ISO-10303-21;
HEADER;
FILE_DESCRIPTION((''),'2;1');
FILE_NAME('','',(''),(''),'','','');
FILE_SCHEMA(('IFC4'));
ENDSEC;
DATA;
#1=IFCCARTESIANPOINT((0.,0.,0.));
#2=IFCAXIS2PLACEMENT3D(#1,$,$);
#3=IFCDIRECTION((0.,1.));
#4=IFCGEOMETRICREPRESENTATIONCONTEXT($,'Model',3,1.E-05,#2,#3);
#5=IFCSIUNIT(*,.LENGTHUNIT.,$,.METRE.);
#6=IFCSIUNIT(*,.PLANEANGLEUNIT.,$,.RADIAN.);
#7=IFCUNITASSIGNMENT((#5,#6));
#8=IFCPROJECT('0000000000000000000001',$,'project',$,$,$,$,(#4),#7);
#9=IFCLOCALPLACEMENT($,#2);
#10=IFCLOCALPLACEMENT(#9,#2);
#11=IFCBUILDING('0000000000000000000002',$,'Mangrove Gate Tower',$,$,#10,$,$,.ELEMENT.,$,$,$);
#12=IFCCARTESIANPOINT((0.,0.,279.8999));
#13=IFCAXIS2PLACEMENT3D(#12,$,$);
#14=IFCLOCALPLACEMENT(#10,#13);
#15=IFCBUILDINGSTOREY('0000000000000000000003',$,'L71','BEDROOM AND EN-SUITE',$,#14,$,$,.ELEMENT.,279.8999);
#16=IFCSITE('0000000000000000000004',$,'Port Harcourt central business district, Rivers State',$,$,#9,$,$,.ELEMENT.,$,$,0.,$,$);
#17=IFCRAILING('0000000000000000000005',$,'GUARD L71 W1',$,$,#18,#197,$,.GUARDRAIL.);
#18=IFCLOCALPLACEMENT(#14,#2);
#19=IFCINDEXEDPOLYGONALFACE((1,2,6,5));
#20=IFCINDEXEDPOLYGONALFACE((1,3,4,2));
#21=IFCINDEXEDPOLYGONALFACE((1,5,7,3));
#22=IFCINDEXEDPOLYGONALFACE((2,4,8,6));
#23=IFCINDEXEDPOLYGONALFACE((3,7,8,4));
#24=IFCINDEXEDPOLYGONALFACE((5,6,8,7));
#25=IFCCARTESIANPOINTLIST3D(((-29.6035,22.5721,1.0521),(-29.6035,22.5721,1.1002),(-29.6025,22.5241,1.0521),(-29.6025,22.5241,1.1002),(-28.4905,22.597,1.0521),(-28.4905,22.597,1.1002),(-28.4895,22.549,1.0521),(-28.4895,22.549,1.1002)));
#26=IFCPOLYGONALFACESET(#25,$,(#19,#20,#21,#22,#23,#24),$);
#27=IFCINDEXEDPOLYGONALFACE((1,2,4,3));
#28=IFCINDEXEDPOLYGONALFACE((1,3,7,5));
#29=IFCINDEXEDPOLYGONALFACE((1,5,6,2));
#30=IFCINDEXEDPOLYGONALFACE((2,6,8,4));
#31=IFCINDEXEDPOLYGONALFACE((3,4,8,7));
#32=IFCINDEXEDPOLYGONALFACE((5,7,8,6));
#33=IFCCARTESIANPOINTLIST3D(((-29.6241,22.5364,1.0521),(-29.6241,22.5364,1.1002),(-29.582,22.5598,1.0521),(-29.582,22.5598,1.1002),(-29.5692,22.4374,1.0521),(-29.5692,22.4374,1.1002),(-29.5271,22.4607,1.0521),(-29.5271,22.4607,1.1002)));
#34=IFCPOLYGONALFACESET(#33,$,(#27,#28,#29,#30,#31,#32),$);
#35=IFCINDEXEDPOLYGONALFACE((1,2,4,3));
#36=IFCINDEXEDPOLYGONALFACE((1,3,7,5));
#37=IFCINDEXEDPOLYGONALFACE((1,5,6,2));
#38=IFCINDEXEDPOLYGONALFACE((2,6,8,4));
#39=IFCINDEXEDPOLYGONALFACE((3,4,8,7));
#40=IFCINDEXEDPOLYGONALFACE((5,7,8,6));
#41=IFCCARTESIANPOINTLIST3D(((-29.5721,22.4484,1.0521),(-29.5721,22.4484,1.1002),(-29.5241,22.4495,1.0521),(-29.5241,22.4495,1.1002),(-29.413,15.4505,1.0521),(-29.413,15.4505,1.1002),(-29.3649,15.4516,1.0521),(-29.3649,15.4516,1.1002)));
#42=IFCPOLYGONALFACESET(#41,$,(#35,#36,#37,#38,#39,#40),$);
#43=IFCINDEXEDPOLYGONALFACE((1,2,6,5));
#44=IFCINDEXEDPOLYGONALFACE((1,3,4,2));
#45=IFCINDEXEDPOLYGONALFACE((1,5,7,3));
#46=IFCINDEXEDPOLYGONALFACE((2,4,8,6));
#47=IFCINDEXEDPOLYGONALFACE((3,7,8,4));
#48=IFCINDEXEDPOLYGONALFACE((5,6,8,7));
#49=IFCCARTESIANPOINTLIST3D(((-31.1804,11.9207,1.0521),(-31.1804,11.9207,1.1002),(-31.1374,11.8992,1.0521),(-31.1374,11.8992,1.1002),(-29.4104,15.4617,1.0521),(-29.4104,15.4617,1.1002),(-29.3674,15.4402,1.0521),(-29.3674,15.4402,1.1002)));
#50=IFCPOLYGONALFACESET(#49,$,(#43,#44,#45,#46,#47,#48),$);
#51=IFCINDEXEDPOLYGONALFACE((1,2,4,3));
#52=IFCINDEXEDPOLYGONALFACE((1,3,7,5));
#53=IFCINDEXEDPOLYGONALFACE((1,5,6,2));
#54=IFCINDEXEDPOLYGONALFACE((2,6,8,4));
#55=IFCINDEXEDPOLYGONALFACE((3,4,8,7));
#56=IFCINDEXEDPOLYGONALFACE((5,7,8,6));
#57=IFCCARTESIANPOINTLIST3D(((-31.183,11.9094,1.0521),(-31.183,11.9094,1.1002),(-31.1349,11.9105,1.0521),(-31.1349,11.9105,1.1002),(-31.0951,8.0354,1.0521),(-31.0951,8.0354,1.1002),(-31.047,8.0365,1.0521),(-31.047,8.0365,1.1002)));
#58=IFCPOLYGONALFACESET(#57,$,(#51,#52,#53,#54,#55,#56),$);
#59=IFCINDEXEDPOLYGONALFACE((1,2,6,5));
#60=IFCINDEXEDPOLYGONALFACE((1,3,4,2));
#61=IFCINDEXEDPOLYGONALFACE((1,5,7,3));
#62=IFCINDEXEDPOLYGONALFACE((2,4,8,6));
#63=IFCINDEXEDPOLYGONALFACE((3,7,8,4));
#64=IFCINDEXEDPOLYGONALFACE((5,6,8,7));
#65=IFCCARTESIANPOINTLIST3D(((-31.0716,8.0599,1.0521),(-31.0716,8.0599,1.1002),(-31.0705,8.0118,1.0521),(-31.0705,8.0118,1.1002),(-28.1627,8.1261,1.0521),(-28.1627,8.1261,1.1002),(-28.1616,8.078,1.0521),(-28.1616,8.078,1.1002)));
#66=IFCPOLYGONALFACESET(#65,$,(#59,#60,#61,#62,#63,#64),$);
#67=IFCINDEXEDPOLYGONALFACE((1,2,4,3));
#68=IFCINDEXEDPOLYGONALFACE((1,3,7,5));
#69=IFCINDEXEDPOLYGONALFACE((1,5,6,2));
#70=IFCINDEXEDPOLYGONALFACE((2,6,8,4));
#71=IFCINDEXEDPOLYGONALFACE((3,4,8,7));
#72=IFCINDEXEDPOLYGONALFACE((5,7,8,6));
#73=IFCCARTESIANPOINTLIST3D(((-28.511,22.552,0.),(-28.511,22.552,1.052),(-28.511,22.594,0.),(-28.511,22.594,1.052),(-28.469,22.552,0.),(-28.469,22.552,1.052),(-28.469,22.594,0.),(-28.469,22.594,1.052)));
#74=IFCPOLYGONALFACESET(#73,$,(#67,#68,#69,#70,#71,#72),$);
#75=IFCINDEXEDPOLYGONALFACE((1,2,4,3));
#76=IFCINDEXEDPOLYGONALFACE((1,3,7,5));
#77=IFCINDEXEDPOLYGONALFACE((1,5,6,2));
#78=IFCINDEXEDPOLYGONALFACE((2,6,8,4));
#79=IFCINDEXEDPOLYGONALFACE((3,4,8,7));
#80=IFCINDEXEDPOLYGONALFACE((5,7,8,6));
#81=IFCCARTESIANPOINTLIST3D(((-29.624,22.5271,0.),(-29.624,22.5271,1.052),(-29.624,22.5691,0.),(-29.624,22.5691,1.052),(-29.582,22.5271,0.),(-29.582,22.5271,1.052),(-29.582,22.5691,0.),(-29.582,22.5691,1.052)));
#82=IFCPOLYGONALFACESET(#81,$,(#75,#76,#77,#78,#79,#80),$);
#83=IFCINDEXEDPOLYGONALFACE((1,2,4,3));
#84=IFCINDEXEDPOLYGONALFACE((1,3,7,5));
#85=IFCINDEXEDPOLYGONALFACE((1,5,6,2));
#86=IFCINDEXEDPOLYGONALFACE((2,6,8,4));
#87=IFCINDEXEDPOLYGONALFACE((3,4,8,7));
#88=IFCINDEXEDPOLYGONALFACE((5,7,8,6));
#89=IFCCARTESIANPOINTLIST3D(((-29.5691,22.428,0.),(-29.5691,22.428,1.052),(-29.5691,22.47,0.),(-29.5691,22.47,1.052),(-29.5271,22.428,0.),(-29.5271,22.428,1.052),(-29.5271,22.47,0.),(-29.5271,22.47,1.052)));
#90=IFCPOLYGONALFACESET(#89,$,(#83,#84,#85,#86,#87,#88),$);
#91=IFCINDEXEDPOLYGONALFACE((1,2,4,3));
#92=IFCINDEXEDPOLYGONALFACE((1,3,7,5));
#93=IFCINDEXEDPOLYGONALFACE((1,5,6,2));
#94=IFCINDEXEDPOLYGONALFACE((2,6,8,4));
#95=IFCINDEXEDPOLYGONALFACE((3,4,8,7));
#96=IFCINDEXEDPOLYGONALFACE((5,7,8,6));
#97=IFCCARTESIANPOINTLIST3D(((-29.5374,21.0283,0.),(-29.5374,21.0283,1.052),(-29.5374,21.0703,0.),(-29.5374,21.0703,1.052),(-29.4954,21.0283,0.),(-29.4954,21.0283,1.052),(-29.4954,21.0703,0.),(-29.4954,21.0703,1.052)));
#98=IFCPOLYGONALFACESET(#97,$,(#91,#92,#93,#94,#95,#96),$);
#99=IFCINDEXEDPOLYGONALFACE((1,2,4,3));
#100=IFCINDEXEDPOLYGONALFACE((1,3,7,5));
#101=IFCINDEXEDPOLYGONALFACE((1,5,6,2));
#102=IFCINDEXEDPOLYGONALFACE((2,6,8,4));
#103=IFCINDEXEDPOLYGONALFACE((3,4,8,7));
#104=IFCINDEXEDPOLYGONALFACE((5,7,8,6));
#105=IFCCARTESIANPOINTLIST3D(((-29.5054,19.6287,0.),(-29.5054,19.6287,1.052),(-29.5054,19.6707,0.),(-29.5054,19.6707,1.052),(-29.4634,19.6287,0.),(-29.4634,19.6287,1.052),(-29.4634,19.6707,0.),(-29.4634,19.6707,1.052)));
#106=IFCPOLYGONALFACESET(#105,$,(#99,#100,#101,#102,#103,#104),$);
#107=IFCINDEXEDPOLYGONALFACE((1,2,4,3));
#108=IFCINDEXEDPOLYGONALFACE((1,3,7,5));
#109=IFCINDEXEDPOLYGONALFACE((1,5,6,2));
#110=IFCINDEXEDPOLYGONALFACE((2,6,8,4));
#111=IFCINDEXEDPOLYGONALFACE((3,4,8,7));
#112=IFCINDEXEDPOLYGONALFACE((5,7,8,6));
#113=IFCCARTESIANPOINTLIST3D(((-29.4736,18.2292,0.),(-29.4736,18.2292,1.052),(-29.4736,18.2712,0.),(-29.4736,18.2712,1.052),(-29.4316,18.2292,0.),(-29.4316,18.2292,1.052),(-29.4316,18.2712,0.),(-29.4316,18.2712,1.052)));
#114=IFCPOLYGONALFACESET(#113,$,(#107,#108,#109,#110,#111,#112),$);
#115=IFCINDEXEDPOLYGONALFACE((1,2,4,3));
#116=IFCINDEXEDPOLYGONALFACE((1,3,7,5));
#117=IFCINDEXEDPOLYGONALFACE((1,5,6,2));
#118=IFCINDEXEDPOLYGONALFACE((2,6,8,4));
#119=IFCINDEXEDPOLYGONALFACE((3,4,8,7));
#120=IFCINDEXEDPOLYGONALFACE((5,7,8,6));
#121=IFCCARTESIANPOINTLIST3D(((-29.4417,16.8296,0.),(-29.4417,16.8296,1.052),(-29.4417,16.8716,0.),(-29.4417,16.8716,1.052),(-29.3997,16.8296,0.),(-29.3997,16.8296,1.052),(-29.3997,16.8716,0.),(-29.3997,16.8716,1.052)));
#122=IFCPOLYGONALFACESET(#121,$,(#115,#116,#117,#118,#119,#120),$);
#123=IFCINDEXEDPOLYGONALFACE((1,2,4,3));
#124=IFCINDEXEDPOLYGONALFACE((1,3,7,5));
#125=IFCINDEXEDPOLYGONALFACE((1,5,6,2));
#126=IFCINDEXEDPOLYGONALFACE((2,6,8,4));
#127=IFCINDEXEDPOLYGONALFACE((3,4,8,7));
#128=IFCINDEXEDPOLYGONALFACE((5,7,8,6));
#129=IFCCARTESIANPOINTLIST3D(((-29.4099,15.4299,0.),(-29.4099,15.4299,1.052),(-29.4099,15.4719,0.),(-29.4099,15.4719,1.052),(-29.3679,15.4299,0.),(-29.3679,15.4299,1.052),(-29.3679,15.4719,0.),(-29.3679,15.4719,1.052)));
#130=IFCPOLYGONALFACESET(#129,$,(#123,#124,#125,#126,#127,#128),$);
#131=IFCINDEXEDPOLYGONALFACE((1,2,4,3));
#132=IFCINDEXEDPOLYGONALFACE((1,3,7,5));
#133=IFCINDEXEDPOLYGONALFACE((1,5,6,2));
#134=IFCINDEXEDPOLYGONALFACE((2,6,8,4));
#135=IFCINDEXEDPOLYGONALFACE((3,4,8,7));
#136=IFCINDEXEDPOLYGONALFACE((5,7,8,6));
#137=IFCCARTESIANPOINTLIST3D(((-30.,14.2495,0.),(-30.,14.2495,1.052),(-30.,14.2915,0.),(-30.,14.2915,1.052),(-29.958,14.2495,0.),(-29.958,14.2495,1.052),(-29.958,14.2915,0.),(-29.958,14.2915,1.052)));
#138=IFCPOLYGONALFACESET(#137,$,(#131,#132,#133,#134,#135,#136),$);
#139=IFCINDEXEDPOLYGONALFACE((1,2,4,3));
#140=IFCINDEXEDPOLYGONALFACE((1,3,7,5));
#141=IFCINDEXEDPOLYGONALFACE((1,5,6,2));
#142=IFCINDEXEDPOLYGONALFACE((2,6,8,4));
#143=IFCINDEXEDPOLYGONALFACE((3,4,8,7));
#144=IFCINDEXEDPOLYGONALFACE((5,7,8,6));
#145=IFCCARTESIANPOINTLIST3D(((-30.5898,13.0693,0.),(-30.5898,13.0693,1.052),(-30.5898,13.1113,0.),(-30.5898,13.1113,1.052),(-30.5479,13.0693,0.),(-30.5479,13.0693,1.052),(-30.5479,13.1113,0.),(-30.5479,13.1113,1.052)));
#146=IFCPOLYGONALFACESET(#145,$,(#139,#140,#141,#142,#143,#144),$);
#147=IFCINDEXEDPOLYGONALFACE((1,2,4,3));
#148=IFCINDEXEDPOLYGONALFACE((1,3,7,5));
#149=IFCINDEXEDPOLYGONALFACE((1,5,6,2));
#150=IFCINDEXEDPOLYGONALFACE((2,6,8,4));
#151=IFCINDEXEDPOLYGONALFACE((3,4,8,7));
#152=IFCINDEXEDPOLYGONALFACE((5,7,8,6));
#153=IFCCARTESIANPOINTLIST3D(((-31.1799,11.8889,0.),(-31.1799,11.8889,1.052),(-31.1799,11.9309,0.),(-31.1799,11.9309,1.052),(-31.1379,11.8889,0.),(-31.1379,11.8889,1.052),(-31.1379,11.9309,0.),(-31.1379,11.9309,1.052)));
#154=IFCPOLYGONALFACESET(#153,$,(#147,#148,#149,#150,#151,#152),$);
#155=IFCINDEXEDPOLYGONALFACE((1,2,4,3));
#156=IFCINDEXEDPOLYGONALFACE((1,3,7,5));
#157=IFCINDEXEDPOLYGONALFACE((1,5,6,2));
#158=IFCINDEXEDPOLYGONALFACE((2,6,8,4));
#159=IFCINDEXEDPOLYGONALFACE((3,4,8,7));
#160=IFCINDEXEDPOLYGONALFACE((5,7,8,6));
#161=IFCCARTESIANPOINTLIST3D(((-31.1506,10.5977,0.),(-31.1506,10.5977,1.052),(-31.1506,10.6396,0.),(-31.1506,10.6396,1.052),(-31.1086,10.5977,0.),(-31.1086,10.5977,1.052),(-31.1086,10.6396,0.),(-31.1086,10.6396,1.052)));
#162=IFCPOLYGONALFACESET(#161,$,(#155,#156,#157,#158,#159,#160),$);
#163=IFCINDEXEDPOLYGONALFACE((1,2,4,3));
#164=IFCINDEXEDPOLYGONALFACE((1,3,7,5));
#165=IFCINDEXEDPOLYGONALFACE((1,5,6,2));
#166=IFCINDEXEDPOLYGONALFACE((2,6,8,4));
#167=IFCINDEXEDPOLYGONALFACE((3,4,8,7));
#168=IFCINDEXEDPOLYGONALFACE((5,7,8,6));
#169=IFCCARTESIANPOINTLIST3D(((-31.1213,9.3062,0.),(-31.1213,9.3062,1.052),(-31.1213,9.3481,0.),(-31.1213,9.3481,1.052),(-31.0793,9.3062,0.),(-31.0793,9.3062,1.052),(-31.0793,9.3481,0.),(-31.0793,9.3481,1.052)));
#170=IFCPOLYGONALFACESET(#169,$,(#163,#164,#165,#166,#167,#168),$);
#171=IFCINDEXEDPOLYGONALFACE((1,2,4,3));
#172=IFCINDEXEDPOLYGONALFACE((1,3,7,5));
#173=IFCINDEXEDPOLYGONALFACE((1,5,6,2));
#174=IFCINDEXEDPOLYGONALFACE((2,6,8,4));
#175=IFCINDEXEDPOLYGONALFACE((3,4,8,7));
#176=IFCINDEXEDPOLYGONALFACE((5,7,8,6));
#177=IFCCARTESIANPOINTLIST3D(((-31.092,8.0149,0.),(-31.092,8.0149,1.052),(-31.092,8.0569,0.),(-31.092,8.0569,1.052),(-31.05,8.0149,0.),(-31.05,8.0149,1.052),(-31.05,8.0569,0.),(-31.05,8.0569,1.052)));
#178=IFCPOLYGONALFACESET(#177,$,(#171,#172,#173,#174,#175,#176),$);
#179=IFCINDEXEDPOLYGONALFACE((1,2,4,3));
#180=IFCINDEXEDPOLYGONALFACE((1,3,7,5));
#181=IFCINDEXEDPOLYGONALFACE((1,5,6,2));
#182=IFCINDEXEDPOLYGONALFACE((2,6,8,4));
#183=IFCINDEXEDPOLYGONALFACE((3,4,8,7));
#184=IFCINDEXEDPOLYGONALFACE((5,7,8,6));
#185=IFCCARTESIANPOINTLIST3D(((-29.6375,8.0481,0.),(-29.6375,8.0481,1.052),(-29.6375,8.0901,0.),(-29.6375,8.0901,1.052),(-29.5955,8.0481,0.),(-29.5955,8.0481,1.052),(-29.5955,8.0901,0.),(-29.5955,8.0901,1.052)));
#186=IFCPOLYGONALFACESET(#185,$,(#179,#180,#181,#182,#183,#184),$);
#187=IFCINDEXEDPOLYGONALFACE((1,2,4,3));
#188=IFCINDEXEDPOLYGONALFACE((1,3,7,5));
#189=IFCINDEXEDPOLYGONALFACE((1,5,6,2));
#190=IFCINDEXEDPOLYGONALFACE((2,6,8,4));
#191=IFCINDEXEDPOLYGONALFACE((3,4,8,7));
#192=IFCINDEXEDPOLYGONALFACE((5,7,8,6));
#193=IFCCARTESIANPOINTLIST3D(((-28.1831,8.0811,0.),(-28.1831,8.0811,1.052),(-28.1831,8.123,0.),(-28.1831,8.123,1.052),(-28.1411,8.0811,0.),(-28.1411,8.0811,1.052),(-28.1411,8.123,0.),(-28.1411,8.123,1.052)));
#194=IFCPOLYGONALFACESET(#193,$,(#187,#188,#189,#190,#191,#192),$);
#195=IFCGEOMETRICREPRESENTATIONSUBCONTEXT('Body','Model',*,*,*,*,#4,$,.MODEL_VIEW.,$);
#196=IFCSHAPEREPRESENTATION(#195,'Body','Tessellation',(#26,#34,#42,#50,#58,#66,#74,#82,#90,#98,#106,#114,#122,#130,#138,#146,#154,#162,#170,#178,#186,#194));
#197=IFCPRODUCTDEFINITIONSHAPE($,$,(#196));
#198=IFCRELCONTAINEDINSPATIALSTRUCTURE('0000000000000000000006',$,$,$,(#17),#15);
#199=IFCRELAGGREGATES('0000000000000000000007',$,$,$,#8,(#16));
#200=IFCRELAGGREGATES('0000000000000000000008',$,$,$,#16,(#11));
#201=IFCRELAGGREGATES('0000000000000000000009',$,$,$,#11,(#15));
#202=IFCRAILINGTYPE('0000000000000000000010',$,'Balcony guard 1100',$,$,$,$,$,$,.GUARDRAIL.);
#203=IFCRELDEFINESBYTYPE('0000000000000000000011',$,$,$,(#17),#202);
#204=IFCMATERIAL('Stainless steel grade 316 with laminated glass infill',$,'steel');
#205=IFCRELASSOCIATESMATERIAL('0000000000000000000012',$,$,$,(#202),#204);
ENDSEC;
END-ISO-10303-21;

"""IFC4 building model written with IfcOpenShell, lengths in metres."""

from ifc_helpers import new_model, si_unit, direction, frame, origin, origin_2d, place, context, subcontext, project, spatial, rectangle, extrude, material, type_object, element, save


model = new_model("IFC4")

# Units and contexts
model_context = context("Model", 3, precision=1e-05, world=origin(), true_north=direction((0.0, 1.0)))
body_context = subcontext(model_context, "Body", "Model", "MODEL_VIEW")
ifc_project = project(units=[si_unit("LENGTHUNIT", "METRE"), si_unit("PLANEANGLEUNIT", "RADIAN")], contexts=[model_context])

# Site, building, storey
site_placement = place(None, origin())
site = spatial("IfcSite", under=ifc_project, at=site_placement, Name="Port Harcourt central business district, Rivers State", CompositionType="ELEMENT", RefElevation=0.0)
building_placement = place(site_placement, origin())
building = spatial("IfcBuilding", under=site, at=building_placement, Name="Mangrove Gate Tower", CompositionType="ELEMENT")
storey_placement = place(building_placement, frame((0.0, 0.0, 279.8999)))
storey = spatial("IfcBuildingStorey", under=building, at=storey_placement, Name="L71", Description="BEDROOM AND EN-SUITE", CompositionType="ELEMENT", Elevation=279.8999)

# Railing
ifc_material_1 = material(Name="Stainless steel grade 316 with laminated glass infill", Category="steel")
railing_type = type_object("IfcRailingType", Name="Balcony guard 1100", PredefinedType="GUARDRAIL", material=ifc_material_1)
railing_placement = place(storey_placement, frame((-28.49, 22.573, 0.0)))
element("IfcRailing", 1, at=railing_placement, inside=storey, type_object=railing_type, Name="GUARD L71 W1", PredefinedType="GUARDRAIL", context=body_context, shape_type="SweptSolid", body=[
    extrude(rectangle(XDim=0.0481, YDim=0.0481, at=origin_2d()), frame((0.0, 0.0, 1.0762), z_axis=(-0.99975, -0.022368, 0.0), x_axis=(0.022368, -0.99975, 0.0)), (0.0, 0.0, 1.0), 1.1133),
    extrude(rectangle(XDim=0.0481, YDim=0.0481, at=origin_2d()), frame((-1.113, -0.0249, 1.0762), z_axis=(0.484728, -0.874665, 0.0), x_axis=(0.874665, 0.484728, 0.0)), (0.0, 0.0, 1.0), 0.1133),
    extrude(rectangle(XDim=0.0481, YDim=0.0481, at=origin_2d()), frame((-1.0581, -0.124, 1.0762), z_axis=(0.02274, -0.999741, 0.0), x_axis=(0.999741, 0.02274, 0.0)), (0.0, 0.0, 1.0), 6.9998),
    extrude(rectangle(XDim=0.0481, YDim=0.0481, at=origin_2d()), frame((-0.8989, -7.1221, 1.0762), z_axis=(-0.447115, -0.894477, 0.0), x_axis=(0.894477, -0.447115, 0.0)), (0.0, 0.0, 1.0), 3.9587),
    extrude(rectangle(XDim=0.0481, YDim=0.0481, at=origin_2d()), frame((-2.6689, -10.6631, 1.0762), z_axis=(0.022681, -0.999743, 0.0), x_axis=(0.999743, 0.022681, 0.0)), (0.0, 0.0, 1.0), 3.875),
    extrude(rectangle(XDim=0.0481, YDim=0.0481, at=origin_2d()), frame((-2.5811, -14.5371, 1.0762), z_axis=(0.999741, 0.022739, 0.0), x_axis=(-0.022739, 0.999741, 0.0)), (0.0, 0.0, 1.0), 2.9097),
    extrude(rectangle(XDim=0.042, YDim=0.042, at=origin_2d()), origin(), (0.0, 0.0, 1.0), 1.052),
    extrude(rectangle(XDim=0.042, YDim=0.042, at=origin_2d()), frame((-1.113, -0.0249, 0.0)), (0.0, 0.0, 1.0), 1.052),
    extrude(rectangle(XDim=0.042, YDim=0.042, at=origin_2d()), frame((-1.0581, -0.124, 0.0)), (0.0, 0.0, 1.0), 1.052),
    extrude(rectangle(XDim=0.042, YDim=0.042, at=origin_2d()), frame((-1.0264, -1.5237, 0.0)), (0.0, 0.0, 1.0), 1.052),
    extrude(rectangle(XDim=0.042, YDim=0.042, at=origin_2d()), frame((-0.9944, -2.9233, 0.0)), (0.0, 0.0, 1.0), 1.052),
    extrude(rectangle(XDim=0.042, YDim=0.042, at=origin_2d()), frame((-0.9626, -4.3228, 0.0)), (0.0, 0.0, 1.0), 1.052),
    extrude(rectangle(XDim=0.042, YDim=0.042, at=origin_2d()), frame((-0.9307, -5.7224, 0.0)), (0.0, 0.0, 1.0), 1.052),
    extrude(rectangle(XDim=0.042, YDim=0.042, at=origin_2d()), frame((-0.8989, -7.1221, 0.0)), (0.0, 0.0, 1.0), 1.052),
    extrude(rectangle(XDim=0.042, YDim=0.042, at=origin_2d()), frame((-1.489, -8.3025, 0.0)), (0.0, 0.0, 1.0), 1.052),
    extrude(rectangle(XDim=0.042, YDim=0.042, at=origin_2d()), frame((-2.0789, -9.4827, 0.0)), (0.0, 0.0, 1.0), 1.052),
    extrude(rectangle(XDim=0.042, YDim=0.042, at=origin_2d()), frame((-2.6689, -10.6631, 0.0)), (0.0, 0.0, 1.0), 1.052),
    extrude(rectangle(XDim=0.042, YDim=0.042, at=origin_2d()), frame((-2.6396, -11.9543, 0.0)), (0.0, 0.0, 1.0), 1.052),
    extrude(rectangle(XDim=0.042, YDim=0.042, at=origin_2d()), frame((-2.6104, -13.2458, 0.0)), (0.0, 0.0, 1.0), 1.052),
    extrude(rectangle(XDim=0.042, YDim=0.042, at=origin_2d()), frame((-2.5811, -14.5371, 0.0)), (0.0, 0.0, 1.0), 1.052),
    extrude(rectangle(XDim=0.042, YDim=0.042, at=origin_2d()), frame((-1.1265, -14.5039, 0.0)), (0.0, 0.0, 1.0), 1.052),
    extrude(rectangle(XDim=0.042, YDim=0.042, at=origin_2d()), frame((0.3279, -14.4709, 0.0)), (0.0, 0.0, 1.0), 1.052),
])

save(model, "model.ifc")
